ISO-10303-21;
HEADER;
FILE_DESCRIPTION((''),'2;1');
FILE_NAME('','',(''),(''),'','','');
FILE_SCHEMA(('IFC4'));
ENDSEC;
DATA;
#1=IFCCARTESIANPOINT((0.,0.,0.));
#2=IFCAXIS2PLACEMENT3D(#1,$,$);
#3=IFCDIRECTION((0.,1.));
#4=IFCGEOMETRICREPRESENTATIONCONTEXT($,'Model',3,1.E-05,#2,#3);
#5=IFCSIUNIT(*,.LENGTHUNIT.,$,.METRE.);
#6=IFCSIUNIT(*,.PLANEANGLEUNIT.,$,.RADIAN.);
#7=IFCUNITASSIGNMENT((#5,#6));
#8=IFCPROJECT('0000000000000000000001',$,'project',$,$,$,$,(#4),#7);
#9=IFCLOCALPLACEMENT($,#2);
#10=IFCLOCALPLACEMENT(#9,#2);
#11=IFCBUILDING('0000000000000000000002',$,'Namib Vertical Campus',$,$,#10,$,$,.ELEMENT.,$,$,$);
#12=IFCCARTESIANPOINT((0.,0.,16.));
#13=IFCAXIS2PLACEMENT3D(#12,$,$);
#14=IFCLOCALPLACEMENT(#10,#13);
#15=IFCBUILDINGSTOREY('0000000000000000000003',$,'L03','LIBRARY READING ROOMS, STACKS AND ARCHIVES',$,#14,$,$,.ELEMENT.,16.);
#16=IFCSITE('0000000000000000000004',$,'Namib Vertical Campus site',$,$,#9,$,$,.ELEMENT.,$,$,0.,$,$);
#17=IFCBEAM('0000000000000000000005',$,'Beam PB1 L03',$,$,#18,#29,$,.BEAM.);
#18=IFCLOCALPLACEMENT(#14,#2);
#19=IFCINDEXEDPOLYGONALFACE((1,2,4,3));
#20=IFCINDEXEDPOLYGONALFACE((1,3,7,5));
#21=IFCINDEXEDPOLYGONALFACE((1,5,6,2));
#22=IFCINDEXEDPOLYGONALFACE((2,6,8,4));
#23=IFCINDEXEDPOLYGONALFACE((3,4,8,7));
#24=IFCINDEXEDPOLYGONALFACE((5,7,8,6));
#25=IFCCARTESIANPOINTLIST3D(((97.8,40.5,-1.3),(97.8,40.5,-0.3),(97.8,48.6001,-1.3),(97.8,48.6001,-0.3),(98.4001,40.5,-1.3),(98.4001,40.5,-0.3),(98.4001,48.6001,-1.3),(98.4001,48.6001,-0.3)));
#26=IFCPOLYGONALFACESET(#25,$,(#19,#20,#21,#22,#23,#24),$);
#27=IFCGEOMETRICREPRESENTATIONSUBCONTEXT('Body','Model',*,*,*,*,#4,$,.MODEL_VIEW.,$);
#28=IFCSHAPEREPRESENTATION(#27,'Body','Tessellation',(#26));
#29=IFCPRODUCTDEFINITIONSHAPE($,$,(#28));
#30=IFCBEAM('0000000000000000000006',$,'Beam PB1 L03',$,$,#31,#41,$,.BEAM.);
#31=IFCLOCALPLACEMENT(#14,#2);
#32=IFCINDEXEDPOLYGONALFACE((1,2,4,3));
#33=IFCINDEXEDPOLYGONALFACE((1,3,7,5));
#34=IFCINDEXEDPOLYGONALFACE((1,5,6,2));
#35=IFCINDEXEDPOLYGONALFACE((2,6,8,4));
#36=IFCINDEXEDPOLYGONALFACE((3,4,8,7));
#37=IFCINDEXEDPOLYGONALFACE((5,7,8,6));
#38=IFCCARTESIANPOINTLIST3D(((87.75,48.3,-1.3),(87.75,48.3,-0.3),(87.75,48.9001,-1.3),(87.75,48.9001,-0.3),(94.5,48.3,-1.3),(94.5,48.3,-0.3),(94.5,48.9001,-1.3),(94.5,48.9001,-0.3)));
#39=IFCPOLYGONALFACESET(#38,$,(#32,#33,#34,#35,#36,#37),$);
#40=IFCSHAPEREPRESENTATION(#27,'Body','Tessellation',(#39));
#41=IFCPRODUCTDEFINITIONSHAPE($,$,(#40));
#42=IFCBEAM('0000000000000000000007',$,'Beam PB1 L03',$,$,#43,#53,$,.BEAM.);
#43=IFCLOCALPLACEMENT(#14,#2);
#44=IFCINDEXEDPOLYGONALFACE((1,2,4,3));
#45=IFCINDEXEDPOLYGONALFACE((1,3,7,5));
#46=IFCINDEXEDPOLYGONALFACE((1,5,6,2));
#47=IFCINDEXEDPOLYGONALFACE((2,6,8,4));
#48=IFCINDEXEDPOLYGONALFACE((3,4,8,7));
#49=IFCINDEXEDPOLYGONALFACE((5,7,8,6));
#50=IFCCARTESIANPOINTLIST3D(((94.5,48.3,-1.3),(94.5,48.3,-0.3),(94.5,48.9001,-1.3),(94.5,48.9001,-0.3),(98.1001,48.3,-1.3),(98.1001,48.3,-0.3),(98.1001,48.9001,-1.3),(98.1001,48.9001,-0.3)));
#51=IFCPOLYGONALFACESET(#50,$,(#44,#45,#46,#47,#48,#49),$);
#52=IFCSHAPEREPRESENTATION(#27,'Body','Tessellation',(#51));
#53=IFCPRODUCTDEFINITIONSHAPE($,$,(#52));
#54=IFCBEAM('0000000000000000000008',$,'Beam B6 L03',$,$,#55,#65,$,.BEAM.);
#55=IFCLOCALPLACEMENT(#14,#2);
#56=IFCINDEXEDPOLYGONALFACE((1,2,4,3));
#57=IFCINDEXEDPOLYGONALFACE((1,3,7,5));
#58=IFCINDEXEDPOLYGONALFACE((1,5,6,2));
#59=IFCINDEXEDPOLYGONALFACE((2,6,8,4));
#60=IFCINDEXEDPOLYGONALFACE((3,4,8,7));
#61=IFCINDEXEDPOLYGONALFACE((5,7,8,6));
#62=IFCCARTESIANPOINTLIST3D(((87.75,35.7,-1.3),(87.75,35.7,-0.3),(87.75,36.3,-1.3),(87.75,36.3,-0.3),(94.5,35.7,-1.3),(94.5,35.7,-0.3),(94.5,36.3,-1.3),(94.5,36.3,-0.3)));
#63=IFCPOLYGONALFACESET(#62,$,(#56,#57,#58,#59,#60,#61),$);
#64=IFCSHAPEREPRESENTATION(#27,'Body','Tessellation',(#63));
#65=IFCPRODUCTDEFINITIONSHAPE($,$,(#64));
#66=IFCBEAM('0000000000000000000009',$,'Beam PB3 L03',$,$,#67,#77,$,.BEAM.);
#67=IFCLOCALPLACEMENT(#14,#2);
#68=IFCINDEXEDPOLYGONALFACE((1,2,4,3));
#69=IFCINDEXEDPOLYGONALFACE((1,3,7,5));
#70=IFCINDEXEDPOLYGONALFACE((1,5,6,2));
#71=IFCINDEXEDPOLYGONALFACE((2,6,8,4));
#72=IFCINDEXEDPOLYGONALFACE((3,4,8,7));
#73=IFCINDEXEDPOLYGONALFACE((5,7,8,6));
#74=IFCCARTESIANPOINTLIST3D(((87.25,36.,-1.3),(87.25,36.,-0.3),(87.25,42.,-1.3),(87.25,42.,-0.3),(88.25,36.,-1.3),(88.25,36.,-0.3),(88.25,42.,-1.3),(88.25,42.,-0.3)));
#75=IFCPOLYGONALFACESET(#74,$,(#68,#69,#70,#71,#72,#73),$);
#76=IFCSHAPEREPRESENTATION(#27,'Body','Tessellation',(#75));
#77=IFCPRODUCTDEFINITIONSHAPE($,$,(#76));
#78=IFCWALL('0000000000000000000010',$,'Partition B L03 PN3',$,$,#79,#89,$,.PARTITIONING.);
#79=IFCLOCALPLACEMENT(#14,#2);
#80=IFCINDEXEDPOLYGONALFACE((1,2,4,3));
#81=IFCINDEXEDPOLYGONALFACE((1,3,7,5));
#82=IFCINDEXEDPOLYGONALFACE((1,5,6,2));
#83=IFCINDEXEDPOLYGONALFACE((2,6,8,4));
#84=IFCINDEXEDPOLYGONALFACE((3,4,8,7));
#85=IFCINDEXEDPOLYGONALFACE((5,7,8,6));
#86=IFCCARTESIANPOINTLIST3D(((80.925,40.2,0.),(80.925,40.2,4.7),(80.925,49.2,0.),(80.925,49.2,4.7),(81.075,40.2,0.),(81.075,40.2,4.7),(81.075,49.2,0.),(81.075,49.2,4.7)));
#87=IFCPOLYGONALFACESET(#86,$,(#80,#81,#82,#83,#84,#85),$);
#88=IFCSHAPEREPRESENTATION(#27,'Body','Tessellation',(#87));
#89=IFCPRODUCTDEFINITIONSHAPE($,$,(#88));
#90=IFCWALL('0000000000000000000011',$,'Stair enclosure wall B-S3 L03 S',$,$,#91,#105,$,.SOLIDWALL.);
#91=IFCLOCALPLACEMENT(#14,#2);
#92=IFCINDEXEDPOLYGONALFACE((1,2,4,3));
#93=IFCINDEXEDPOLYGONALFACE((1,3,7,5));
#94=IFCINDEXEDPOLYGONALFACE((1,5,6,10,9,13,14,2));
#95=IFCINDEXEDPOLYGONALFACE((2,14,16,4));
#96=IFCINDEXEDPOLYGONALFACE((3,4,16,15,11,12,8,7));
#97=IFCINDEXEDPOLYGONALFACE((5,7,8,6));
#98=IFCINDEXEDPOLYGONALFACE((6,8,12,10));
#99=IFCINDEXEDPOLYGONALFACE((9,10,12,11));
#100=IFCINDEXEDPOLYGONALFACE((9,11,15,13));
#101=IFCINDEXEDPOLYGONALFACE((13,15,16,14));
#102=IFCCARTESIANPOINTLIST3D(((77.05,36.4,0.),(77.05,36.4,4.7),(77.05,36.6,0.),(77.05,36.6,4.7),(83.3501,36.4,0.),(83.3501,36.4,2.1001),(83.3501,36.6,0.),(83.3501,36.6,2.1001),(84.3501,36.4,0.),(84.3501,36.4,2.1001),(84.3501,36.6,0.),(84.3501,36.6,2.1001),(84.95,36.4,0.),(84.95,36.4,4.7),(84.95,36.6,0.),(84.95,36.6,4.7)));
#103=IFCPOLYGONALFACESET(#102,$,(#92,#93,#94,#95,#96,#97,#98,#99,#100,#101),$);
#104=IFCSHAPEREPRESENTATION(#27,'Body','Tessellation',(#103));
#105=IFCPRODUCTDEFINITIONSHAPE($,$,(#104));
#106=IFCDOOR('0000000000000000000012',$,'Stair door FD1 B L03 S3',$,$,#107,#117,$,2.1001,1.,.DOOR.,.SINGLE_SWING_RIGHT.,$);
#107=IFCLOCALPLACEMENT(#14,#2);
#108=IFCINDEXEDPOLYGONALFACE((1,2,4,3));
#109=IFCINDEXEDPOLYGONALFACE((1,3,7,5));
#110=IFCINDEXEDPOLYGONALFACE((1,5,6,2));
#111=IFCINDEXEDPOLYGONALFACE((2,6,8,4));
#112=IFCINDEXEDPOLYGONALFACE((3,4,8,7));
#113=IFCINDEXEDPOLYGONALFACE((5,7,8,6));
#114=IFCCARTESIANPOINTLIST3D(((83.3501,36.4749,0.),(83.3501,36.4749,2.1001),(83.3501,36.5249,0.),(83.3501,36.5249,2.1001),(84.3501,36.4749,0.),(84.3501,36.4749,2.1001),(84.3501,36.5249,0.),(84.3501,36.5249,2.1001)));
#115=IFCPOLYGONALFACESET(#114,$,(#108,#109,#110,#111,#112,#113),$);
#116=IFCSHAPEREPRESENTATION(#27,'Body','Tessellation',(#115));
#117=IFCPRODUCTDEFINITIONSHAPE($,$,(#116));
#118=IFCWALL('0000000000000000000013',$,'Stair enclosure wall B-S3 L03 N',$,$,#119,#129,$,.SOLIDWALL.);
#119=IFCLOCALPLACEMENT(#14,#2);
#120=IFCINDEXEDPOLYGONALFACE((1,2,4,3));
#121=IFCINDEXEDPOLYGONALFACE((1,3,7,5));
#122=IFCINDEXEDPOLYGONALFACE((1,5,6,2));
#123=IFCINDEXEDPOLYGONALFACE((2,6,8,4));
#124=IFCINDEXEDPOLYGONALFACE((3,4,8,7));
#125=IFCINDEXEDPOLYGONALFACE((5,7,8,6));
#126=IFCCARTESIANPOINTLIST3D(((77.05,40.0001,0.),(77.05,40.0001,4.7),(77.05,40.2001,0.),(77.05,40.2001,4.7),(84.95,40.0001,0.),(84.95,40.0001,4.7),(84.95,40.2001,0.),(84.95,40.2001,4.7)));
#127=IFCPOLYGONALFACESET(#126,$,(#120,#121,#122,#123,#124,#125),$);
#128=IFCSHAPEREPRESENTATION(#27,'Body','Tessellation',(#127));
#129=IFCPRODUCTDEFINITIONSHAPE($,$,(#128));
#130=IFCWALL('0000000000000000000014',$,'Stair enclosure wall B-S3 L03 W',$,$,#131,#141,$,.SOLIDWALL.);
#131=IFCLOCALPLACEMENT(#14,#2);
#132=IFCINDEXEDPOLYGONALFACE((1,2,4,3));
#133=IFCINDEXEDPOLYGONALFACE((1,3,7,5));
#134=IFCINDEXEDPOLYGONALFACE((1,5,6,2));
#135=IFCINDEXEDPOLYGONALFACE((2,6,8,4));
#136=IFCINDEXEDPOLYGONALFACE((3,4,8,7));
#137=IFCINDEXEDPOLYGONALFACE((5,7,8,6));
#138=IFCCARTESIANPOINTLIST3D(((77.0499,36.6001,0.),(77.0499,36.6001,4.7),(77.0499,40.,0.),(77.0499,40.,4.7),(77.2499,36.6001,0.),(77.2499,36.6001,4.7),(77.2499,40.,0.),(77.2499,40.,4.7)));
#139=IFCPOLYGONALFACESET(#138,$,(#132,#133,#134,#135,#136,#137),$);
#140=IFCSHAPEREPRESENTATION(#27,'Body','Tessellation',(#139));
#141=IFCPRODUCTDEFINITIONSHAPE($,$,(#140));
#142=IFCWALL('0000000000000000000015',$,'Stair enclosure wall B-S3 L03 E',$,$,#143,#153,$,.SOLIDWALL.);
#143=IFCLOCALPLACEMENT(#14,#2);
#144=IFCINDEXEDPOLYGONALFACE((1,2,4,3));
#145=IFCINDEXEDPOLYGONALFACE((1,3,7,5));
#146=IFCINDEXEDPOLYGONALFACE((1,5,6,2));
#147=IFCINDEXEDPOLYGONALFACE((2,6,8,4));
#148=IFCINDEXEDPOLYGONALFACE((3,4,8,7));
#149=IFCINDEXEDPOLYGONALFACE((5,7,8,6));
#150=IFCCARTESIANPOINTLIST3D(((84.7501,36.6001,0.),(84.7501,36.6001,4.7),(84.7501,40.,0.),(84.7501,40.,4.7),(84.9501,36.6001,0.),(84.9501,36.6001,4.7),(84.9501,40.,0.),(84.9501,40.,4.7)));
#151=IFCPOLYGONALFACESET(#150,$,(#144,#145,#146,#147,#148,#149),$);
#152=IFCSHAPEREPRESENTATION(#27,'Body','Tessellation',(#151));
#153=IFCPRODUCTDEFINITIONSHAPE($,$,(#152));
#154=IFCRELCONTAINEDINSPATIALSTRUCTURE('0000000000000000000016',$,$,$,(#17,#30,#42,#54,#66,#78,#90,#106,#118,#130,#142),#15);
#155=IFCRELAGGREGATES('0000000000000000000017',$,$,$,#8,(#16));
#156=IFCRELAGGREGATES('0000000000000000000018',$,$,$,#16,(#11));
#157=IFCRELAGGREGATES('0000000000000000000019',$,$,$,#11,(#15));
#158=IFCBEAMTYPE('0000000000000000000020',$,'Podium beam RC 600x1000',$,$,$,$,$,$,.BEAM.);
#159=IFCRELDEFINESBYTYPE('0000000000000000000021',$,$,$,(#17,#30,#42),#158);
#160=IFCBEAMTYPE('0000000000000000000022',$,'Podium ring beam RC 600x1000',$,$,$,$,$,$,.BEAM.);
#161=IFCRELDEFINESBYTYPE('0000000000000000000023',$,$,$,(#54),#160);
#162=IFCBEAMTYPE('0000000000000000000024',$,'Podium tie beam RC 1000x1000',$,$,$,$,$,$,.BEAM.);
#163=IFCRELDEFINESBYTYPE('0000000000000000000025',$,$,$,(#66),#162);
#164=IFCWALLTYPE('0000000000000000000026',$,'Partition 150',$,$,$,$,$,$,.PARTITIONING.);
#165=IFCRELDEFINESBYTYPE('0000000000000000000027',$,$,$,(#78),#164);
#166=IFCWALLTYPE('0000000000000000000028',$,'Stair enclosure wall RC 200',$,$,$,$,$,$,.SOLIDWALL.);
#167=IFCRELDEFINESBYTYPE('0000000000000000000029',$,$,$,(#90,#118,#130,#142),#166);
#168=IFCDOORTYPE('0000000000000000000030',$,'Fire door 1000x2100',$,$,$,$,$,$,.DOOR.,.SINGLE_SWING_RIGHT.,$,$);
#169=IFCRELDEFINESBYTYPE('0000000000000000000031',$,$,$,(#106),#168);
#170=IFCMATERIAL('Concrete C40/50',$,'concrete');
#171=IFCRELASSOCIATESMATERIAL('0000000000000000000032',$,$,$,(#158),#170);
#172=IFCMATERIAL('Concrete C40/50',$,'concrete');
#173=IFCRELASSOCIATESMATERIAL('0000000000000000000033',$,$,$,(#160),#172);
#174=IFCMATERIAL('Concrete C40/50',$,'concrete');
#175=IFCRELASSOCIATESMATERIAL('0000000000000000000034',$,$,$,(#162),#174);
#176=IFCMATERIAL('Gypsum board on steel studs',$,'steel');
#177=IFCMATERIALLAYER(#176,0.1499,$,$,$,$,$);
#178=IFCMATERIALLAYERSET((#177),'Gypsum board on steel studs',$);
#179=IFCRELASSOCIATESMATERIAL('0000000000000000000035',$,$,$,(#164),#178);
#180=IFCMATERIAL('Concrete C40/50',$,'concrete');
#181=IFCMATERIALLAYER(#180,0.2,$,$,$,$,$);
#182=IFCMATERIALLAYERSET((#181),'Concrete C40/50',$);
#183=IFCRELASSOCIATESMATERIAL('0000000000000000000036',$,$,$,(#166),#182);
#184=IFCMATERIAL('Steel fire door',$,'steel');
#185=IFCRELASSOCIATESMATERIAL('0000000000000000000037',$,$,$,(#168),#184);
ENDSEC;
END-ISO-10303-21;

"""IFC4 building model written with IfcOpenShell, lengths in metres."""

from ifc_helpers import new_model, si_unit, direction, frame, frame_2d, origin, origin_2d, place, context, subcontext, project, spatial, rectangle, extrude, material, layer, layer_set, material_profile, profile_set, type_object, element, fill, save


model = new_model("IFC4")

# Units and contexts
model_context = context("Model", 3, precision=1e-05, world=origin(), true_north=direction((0.0, 1.0)))
body_context = subcontext(model_context, "Body", "Model", "MODEL_VIEW")
ifc_project = project(units=[si_unit("LENGTHUNIT", "METRE"), si_unit("PLANEANGLEUNIT", "RADIAN")], contexts=[model_context])

# Site, building, storey
site_placement = place(None, origin())
site = spatial("IfcSite", under=ifc_project, at=site_placement, Name="Namib Vertical Campus site", CompositionType="ELEMENT", RefElevation=0.0)
building_placement = place(site_placement, origin())
building = spatial("IfcBuilding", under=site, at=building_placement, Name="Namib Vertical Campus", CompositionType="ELEMENT")
storey_placement = place(building_placement, frame((0.0, 0.0, 16.0)))
storey = spatial("IfcBuildingStorey", under=building, at=storey_placement, Name="L03", Description="LIBRARY READING ROOMS, STACKS AND ARCHIVES", CompositionType="ELEMENT", Elevation=16.0)

# Beams
ifc_material_1 = material(Name="Concrete C40/50", Category="concrete")
ifc_material_profile_1 = material_profile(ifc_material_1, rectangle(XDim=0.6001, YDim=1.0, at=origin_2d()))
ifc_profile_set_1 = profile_set([ifc_material_profile_1], Name="Concrete C40/50")
beam_type_1 = type_object("IfcBeamType", Name="Podium beam RC 600x1000", PredefinedType="BEAM", material=ifc_profile_set_1)
beam_1_placement = place(storey_placement, frame((98.1001, 40.5, -0.8), z_axis=(0.0, 1.0, 0.0), x_axis=(-1.0, 0.0, 0.0)))
element("IfcBeam", 1, at=beam_1_placement, inside=storey, type_object=beam_type_1, Name="Beam PB1 L03", PredefinedType="BEAM", context=body_context, shape_type="SweptSolid", body=[
    extrude(rectangle(XDim=0.6001, YDim=1.0, at=origin_2d()), origin(), (0.0, 0.0, 1.0), 8.1001),
])
beam_2_placement = place(storey_placement, frame((87.75, 48.6001, -0.8), z_axis=(1.0, 0.0, 0.0), x_axis=(0.0, 1.0, 0.0)))
element("IfcBeam", 2, at=beam_2_placement, inside=storey, type_object=beam_type_1, Name="Beam PB1 L03", PredefinedType="BEAM", context=body_context, shape_type="SweptSolid", body=[
    extrude(rectangle(XDim=0.6001, YDim=1.0, at=origin_2d()), origin(), (0.0, 0.0, 1.0), 6.75),
])
beam_3_placement = place(storey_placement, frame((94.5, 48.6001, -0.8), z_axis=(1.0, 0.0, 0.0), x_axis=(0.0, 1.0, 0.0)))
element("IfcBeam", 3, at=beam_3_placement, inside=storey, type_object=beam_type_1, Name="Beam PB1 L03", PredefinedType="BEAM", context=body_context, shape_type="SweptSolid", body=[
    extrude(rectangle(XDim=0.6001, YDim=1.0, at=origin_2d()), origin(), (0.0, 0.0, 1.0), 3.6001),
])
ifc_material_2 = material(Name="Concrete C40/50", Category="concrete")
ifc_material_profile_2 = material_profile(ifc_material_2, rectangle(XDim=0.6001, YDim=1.0, at=origin_2d()))
ifc_profile_set_2 = profile_set([ifc_material_profile_2], Name="Concrete C40/50")
beam_type_2 = type_object("IfcBeamType", Name="Podium ring beam RC 600x1000", PredefinedType="BEAM", material=ifc_profile_set_2)
beam_4_placement = place(storey_placement, frame((87.75, 36.0, -0.8), z_axis=(1.0, 0.0, 0.0), x_axis=(0.0, 1.0, 0.0)))
element("IfcBeam", 4, at=beam_4_placement, inside=storey, type_object=beam_type_2, Name="Beam B6 L03", PredefinedType="BEAM", context=body_context, shape_type="SweptSolid", body=[
    extrude(rectangle(XDim=0.6001, YDim=1.0, at=origin_2d()), origin(), (0.0, 0.0, 1.0), 6.75),
])
ifc_material_3 = material(Name="Concrete C40/50", Category="concrete")
ifc_material_profile_3 = material_profile(ifc_material_3, rectangle(XDim=1.0, YDim=1.0, at=origin_2d()))
ifc_profile_set_3 = profile_set([ifc_material_profile_3], Name="Concrete C40/50")
beam_type_3 = type_object("IfcBeamType", Name="Podium tie beam RC 1000x1000", PredefinedType="BEAM", material=ifc_profile_set_3)
beam_5_placement = place(storey_placement, frame((87.75, 36.0, -0.8), z_axis=(0.0, 1.0, 0.0), x_axis=(-1.0, 0.0, 0.0)))
element("IfcBeam", 5, at=beam_5_placement, inside=storey, type_object=beam_type_3, Name="Beam PB3 L03", PredefinedType="BEAM", context=body_context, shape_type="SweptSolid", body=[
    extrude(rectangle(XDim=1.0, YDim=1.0, at=origin_2d()), origin(), (0.0, 0.0, 1.0), 6.0),
])

# Wall
ifc_material_4 = material(Name="Gypsum board on steel studs", Category="steel")
ifc_layer_1 = layer(ifc_material_4, 0.1499)
ifc_layer_set_1 = layer_set([ifc_layer_1], Name="Gypsum board on steel studs")
wall_type_1 = type_object("IfcWallType", Name="Partition 150", PredefinedType="PARTITIONING", material=ifc_layer_set_1)
wall_1_placement = place(storey_placement, frame((81.0, 40.2, 0.0), z_axis=(0.0, 0.0, 1.0), x_axis=(0.0, 1.0, 0.0)))
element("IfcWall", 6, at=wall_1_placement, inside=storey, type_object=wall_type_1, Name="Partition B L03 PN3", PredefinedType="PARTITIONING", context=body_context, shape_type="SweptSolid", body=[
    extrude(rectangle(XDim=9.0, YDim=0.1499, at=frame_2d((4.5, 0.0))), origin(), (0.0, 0.0, 1.0), 4.7),
])

# Wall, opening, door
ifc_material_5 = material(Name="Concrete C40/50", Category="concrete")
ifc_layer_2 = layer(ifc_material_5, 0.2)
ifc_layer_set_2 = layer_set([ifc_layer_2], Name="Concrete C40/50")
wall_type_2 = type_object("IfcWallType", Name="Stair enclosure wall RC 200", PredefinedType="SOLIDWALL", material=ifc_layer_set_2)
wall_2_placement = place(storey_placement, frame((77.05, 36.5, 0.0), z_axis=(0.0, 0.0, 1.0), x_axis=(1.0, 0.0, 0.0)))
wall_2 = element("IfcWall", 7, at=wall_2_placement, inside=storey, type_object=wall_type_2, Name="Stair enclosure wall B-S3 L03 S", PredefinedType="SOLIDWALL", context=body_context, shape_type="SweptSolid", body=[
    extrude(rectangle(XDim=7.8999, YDim=0.2, at=frame_2d((3.95, 0.0))), origin(), (0.0, 0.0, 1.0), 4.7),
])
opening_placement = place(wall_2_placement, frame((6.3, 0.0, 0.0)))
opening = element("IfcOpeningElement", 8, at=opening_placement, cuts=wall_2, PredefinedType="OPENING", context=body_context, shape_type="SweptSolid", body=[
    extrude(rectangle(XDim=1.0, YDim=2.1001, at=frame_2d((0.5, 1.05))), frame((0.0, 0.1099, 0.0), z_axis=(0.0, -1.0, 0.0), x_axis=(1.0, 0.0, 0.0)), (0.0, 0.0, 1.0), 0.22),
])
ifc_material_6 = material(Name="Steel fire door", Category="steel")
door_type = type_object("IfcDoorType", Name="Fire door 1000x2100", OperationType="SINGLE_SWING_RIGHT", PredefinedType="DOOR", material=ifc_material_6)
door_placement = place(opening_placement, origin())
door = element("IfcDoor", 9, at=door_placement, inside=storey, type_object=door_type, Name="Stair door FD1 B L03 S3", OperationType="SINGLE_SWING_RIGHT", OverallHeight=2.1001, OverallWidth=1.0, PredefinedType="DOOR", context=body_context, shape_type="SweptSolid", body=[
    extrude(rectangle(XDim=1.0, YDim=2.1001, at=frame_2d((0.5, 1.05))), frame((0.0, 0.0249, 0.0), z_axis=(0.0, -1.0, 0.0), x_axis=(1.0, 0.0, 0.0)), (0.0, 0.0, 1.0), 0.05),
])
fill(opening, door)

# Walls
wall_3_placement = place(storey_placement, frame((77.05, 40.1001, 0.0), z_axis=(0.0, 0.0, 1.0), x_axis=(1.0, 0.0, 0.0)))
element("IfcWall", 10, at=wall_3_placement, inside=storey, type_object=wall_type_2, Name="Stair enclosure wall B-S3 L03 N", PredefinedType="SOLIDWALL", context=body_context, shape_type="SweptSolid", body=[
    extrude(rectangle(XDim=7.8999, YDim=0.2, at=frame_2d((3.95, 0.0))), origin(), (0.0, 0.0, 1.0), 4.7),
])
for number, where, z_axis, x_axis, name in (
    (11, (77.1499, 36.6001, 0.0), (0.0, 0.0, 1.0), (0.0, 1.0, 0.0), "Stair enclosure wall B-S3 L03 W"),
    (12, (84.8501, 36.6001, 0.0), (0.0, 0.0, 1.0), (0.0, 1.0, 0.0), "Stair enclosure wall B-S3 L03 E"),
):
    element("IfcWall", number, at=place(storey_placement, frame(where, z_axis=z_axis, x_axis=x_axis)), inside=storey, type_object=wall_type_2, Name=name, PredefinedType="SOLIDWALL", context=body_context, shape_type="SweptSolid", body=[
        extrude(rectangle(XDim=3.3999, YDim=0.2, at=frame_2d((1.7, 0.0))), origin(), (0.0, 0.0, 1.0), 4.7),
    ])

save(model, "model.ifc")
